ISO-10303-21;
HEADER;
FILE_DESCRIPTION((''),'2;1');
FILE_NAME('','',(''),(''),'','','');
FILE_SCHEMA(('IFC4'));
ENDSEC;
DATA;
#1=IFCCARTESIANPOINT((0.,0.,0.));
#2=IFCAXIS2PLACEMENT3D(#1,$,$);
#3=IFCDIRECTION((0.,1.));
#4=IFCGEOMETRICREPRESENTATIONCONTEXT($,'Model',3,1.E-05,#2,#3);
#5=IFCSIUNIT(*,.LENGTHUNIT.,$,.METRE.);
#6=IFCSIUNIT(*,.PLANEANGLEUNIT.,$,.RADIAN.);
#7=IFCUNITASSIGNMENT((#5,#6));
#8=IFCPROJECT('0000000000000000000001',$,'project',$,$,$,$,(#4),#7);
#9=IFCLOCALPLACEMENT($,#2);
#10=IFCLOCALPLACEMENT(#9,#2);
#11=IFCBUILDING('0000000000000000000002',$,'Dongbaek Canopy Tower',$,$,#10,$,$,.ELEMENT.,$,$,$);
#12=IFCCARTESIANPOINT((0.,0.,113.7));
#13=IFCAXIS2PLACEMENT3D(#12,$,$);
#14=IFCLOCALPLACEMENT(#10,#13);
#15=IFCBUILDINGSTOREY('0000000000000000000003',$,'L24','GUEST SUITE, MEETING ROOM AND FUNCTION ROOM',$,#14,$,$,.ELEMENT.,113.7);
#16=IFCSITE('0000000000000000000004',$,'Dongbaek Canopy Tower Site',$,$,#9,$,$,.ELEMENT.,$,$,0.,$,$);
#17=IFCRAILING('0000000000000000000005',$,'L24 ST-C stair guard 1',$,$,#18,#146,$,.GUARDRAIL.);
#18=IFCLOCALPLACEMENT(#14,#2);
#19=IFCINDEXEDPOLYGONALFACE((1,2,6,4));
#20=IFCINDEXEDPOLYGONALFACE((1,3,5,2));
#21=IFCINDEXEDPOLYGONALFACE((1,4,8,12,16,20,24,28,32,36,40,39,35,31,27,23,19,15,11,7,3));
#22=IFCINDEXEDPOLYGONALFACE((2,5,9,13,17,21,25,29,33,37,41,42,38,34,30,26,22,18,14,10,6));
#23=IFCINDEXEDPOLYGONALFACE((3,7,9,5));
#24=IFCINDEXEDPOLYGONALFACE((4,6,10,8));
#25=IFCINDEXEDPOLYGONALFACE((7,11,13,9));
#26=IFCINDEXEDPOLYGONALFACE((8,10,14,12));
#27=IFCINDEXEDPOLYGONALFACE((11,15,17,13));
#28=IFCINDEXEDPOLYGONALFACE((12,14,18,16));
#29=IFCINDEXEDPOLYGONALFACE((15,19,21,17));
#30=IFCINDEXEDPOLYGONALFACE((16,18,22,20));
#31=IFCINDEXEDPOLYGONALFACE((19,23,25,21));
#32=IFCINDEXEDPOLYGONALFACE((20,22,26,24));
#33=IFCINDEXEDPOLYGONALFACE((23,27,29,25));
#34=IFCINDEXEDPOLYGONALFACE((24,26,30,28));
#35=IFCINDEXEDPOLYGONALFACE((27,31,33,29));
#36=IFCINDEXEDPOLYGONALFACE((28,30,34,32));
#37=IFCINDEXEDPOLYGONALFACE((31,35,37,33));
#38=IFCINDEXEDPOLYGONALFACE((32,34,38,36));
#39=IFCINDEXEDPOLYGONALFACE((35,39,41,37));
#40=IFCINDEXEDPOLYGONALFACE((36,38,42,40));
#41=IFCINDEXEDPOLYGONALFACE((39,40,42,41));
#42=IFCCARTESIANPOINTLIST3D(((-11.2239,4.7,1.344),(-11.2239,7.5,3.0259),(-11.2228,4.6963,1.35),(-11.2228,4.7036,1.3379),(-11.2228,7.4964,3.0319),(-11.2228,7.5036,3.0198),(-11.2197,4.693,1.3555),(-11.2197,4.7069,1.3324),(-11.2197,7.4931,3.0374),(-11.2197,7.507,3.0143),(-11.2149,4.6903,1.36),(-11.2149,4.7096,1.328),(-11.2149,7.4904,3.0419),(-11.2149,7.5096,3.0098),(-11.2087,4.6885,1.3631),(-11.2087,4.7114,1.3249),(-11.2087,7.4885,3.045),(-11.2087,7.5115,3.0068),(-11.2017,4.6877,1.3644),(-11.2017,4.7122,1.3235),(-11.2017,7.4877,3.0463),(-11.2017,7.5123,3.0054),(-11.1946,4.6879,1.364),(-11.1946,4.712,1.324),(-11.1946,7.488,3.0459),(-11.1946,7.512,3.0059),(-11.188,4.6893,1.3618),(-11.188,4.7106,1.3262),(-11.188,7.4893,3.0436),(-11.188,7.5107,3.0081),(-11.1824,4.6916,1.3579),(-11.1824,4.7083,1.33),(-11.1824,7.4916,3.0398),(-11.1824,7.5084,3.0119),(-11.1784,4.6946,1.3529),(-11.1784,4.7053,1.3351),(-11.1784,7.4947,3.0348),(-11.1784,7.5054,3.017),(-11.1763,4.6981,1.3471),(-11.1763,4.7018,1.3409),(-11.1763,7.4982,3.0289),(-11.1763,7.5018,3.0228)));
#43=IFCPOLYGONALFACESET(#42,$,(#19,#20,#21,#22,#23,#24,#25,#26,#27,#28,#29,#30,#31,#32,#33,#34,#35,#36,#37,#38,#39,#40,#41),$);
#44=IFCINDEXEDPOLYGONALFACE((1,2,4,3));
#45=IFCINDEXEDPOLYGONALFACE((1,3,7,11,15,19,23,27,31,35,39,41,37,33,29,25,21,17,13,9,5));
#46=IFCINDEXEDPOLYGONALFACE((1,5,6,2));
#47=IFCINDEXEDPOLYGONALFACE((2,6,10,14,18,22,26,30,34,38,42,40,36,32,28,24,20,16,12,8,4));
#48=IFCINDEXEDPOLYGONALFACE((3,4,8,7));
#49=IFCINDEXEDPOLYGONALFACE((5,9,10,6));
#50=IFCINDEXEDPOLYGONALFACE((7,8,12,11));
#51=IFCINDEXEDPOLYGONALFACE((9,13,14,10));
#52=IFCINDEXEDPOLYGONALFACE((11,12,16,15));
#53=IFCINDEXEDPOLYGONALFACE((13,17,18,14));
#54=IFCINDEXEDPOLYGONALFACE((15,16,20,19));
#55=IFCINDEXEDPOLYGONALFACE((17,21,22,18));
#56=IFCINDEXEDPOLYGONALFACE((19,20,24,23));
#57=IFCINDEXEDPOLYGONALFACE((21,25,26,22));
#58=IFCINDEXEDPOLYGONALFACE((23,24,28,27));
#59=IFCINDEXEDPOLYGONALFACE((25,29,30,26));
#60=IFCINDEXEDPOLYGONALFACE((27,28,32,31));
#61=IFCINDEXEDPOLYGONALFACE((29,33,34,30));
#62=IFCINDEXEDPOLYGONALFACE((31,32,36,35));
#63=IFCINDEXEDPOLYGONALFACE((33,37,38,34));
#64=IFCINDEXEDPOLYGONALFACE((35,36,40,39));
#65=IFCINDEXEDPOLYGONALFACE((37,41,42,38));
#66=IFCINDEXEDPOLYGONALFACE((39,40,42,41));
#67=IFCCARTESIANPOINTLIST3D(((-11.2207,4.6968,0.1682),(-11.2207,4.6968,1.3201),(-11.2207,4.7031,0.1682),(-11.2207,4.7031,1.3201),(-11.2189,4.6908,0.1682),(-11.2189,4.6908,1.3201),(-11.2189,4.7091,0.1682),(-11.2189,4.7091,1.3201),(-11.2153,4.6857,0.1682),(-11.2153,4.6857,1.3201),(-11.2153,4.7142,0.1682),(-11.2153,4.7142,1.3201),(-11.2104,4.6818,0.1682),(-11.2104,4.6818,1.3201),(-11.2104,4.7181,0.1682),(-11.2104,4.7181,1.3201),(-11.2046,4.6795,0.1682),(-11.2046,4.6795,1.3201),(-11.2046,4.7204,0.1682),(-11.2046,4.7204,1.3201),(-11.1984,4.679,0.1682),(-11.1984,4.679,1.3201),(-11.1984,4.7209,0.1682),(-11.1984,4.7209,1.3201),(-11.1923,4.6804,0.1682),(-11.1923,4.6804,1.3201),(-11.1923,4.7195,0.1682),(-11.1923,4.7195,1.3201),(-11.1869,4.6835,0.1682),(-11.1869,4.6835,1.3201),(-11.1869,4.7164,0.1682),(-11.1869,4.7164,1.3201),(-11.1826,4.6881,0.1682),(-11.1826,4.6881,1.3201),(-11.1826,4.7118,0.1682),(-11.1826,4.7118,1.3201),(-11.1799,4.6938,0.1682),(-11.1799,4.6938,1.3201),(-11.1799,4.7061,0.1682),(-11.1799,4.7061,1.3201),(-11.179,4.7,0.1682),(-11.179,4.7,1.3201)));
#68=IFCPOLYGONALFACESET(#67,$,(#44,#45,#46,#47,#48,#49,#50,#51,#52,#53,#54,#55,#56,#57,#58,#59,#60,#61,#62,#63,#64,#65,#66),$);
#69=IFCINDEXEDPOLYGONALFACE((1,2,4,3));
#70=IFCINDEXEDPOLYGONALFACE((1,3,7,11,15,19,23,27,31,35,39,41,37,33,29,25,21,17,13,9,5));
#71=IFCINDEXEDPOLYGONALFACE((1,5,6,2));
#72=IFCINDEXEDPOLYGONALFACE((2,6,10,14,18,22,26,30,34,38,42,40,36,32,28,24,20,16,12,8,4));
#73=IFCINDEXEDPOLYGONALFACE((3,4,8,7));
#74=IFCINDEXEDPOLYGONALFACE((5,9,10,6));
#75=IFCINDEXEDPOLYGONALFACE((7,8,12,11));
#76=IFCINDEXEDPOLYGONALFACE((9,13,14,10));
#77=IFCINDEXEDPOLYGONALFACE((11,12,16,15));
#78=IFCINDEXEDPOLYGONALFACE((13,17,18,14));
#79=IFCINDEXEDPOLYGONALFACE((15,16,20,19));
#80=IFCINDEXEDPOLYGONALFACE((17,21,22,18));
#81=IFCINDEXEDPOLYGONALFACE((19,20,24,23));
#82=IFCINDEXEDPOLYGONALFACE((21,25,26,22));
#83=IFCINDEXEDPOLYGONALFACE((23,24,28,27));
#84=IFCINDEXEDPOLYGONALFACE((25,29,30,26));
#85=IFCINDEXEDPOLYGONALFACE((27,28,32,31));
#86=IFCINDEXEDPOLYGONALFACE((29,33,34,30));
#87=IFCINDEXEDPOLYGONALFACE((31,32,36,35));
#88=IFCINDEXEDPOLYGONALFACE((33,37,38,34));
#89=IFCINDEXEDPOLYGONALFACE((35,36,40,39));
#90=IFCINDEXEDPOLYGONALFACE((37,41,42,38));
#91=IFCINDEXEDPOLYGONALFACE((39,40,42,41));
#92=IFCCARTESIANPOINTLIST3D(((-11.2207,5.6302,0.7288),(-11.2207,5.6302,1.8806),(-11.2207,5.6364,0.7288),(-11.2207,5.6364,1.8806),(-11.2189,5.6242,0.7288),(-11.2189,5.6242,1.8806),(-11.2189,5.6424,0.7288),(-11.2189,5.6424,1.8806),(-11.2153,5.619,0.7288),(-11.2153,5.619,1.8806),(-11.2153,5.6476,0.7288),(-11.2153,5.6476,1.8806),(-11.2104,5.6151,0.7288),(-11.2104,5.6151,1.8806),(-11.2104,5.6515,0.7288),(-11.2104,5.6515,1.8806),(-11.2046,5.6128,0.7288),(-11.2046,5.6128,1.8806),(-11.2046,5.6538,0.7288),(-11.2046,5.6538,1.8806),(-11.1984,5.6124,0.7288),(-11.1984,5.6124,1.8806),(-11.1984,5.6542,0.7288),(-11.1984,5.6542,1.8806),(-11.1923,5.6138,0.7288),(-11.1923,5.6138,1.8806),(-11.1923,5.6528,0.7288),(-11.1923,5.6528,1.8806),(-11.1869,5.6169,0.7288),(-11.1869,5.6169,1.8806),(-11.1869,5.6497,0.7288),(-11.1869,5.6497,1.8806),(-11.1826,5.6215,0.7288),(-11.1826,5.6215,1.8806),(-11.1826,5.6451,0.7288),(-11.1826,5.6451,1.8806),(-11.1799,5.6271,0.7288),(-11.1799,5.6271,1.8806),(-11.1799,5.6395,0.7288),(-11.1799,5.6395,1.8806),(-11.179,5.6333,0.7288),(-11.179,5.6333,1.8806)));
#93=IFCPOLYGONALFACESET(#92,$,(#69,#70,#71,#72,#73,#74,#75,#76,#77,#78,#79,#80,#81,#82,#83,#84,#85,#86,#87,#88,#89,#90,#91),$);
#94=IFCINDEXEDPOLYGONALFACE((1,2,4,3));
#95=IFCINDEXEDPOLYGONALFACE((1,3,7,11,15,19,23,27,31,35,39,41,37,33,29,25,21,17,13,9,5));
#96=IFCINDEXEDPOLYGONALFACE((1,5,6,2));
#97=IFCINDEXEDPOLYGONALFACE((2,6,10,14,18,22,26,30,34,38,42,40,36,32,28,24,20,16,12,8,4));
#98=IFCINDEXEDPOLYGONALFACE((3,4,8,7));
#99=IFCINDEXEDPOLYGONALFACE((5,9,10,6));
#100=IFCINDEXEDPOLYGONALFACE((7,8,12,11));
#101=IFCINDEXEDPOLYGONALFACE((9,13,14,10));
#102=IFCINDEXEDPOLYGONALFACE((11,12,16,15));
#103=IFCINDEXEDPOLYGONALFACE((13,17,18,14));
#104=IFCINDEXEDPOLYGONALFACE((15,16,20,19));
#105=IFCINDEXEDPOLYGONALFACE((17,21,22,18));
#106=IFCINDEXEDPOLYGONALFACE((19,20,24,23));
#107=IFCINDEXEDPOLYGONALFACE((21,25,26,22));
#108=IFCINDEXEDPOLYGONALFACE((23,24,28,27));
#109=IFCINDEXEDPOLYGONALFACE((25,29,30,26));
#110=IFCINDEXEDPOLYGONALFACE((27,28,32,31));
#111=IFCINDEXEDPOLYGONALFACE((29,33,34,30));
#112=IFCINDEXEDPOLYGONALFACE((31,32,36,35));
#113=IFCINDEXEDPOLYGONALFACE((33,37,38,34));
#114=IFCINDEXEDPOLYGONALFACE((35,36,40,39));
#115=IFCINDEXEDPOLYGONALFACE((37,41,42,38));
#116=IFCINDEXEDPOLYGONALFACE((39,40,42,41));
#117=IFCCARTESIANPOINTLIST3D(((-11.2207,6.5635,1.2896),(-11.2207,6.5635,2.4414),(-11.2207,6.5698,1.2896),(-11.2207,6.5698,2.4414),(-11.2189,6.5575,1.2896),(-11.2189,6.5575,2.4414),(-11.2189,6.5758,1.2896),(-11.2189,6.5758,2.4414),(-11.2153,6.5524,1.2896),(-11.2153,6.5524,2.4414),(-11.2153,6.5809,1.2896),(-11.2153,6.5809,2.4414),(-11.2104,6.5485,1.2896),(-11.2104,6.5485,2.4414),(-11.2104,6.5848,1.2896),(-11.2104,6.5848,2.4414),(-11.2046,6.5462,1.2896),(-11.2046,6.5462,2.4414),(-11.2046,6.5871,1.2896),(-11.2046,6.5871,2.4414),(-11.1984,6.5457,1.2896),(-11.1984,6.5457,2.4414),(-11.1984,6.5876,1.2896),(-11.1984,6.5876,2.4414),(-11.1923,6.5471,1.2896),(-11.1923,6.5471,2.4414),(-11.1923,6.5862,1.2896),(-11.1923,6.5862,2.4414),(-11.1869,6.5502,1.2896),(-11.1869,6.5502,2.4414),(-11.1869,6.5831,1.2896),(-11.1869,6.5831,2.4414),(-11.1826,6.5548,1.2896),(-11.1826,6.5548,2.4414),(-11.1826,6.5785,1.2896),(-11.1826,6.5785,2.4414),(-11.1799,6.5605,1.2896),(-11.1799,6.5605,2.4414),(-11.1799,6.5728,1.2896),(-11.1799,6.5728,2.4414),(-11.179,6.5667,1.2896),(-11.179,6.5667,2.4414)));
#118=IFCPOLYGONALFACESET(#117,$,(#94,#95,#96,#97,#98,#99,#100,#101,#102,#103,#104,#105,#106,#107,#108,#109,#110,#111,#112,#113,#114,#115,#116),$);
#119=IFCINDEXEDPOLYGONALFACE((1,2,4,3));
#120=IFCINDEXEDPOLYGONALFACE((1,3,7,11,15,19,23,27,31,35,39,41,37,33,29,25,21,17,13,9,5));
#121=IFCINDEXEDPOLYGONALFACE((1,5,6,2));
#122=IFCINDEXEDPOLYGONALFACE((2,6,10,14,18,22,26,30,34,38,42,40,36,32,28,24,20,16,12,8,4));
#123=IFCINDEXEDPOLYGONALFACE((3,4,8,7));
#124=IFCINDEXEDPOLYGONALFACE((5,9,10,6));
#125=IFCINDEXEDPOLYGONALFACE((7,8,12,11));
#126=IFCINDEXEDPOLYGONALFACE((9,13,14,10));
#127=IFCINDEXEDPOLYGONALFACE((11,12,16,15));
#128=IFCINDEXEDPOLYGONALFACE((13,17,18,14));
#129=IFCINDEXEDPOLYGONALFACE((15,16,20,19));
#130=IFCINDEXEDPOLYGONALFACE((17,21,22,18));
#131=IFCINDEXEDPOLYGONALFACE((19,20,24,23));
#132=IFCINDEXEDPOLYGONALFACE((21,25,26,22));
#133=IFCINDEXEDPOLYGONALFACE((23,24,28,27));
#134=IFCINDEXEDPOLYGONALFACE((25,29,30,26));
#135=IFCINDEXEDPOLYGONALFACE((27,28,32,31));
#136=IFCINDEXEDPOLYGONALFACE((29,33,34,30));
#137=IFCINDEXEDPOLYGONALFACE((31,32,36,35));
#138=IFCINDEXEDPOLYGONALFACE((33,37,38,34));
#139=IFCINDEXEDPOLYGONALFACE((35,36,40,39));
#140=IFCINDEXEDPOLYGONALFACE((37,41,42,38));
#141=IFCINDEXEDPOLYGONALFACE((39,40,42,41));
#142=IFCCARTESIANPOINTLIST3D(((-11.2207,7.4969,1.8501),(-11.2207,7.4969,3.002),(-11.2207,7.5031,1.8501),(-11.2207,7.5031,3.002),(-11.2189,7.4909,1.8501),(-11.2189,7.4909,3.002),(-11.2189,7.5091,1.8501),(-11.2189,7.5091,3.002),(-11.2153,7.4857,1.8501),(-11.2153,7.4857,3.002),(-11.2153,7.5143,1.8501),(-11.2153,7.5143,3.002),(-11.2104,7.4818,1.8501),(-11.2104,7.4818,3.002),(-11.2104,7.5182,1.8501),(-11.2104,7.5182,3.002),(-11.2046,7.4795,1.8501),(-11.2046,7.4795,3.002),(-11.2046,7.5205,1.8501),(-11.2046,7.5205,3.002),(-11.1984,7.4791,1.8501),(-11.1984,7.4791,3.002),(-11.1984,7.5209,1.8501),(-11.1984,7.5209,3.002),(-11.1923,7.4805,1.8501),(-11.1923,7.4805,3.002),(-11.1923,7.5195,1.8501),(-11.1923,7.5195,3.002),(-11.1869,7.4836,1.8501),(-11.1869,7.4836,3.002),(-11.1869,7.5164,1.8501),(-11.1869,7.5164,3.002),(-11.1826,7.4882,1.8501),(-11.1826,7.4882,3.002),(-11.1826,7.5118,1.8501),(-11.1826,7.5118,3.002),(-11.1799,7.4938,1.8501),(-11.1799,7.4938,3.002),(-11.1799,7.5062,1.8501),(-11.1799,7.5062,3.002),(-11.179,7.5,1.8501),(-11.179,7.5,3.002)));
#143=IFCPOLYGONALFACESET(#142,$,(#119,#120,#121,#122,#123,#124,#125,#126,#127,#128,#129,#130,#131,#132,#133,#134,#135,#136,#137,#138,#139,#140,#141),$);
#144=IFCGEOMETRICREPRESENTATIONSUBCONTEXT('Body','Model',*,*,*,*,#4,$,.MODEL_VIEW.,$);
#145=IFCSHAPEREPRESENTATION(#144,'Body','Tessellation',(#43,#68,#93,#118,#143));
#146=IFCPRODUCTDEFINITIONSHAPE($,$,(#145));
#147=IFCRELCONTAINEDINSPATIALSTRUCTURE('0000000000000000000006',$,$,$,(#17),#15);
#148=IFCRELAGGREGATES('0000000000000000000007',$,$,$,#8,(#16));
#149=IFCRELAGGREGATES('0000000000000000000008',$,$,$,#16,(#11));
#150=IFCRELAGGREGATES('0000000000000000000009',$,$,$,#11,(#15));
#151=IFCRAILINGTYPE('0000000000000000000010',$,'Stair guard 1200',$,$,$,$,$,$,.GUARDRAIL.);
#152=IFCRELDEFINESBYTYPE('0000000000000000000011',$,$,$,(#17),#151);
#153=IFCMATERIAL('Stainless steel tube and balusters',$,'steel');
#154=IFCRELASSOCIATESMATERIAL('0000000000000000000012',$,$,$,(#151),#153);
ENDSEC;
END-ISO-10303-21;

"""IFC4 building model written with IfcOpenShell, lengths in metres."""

from ifc_helpers import new_model, si_unit, direction, frame, origin, origin_2d, place, context, subcontext, project, spatial, circle, extrude, material, type_object, element, save


model = new_model("IFC4")

# Units and contexts
model_context = context("Model", 3, precision=1e-05, world=origin(), true_north=direction((0.0, 1.0)))
body_context = subcontext(model_context, "Body", "Model", "MODEL_VIEW")
ifc_project = project(units=[si_unit("LENGTHUNIT", "METRE"), si_unit("PLANEANGLEUNIT", "RADIAN")], contexts=[model_context])

# Site, building, storey
site_placement = place(None, origin())
site = spatial("IfcSite", under=ifc_project, at=site_placement, Name="Dongbaek Canopy Tower Site", CompositionType="ELEMENT", RefElevation=0.0)
building_placement = place(site_placement, origin())
building = spatial("IfcBuilding", under=site, at=building_placement, Name="Dongbaek Canopy Tower", CompositionType="ELEMENT")
storey_placement = place(building_placement, frame((0.0, 0.0, 113.7)))
storey = spatial("IfcBuildingStorey", under=building, at=storey_placement, Name="L24", Description="GUEST SUITE, MEETING ROOM AND FUNCTION ROOM", CompositionType="ELEMENT", Elevation=113.7)

# Railing
ifc_material_1 = material(Name="Stainless steel tube and balusters", Category="steel")
railing_type_1 = type_object("IfcRailingType", Name="Stair guard 1200", PredefinedType="GUARDRAIL", material=ifc_material_1)
railing_1_placement = place(storey_placement, frame((-11.2, 4.7, 0.1682)))
element("IfcRailing", 1, at=railing_1_placement, inside=storey, type_object=railing_type_1, Name="L24 ST-C stair guard 1", PredefinedType="GUARDRAIL", context=body_context, shape_type="SweptSolid", body=[
    extrude(circle(Radius=0.0239, at=origin_2d()), frame((0.0, 0.0, 1.1758), z_axis=(0.0, 0.857242, 0.514913), x_axis=(-1.0, 0.0, 0.0)), (0.0, 0.0, 1.0), 3.2664),
    extrude(circle(Radius=0.021, at=origin_2d()), origin(), (0.0, 0.0, 1.0), 1.1519),
    extrude(circle(Radius=0.021, at=origin_2d()), frame((0.0, 0.9333, 0.5605)), (0.0, 0.0, 1.0), 1.1519),
    extrude(circle(Radius=0.021, at=origin_2d()), frame((0.0, 1.8667, 1.1213)), (0.0, 0.0, 1.0), 1.1519),
    extrude(circle(Radius=0.021, at=origin_2d()), frame((0.0, 2.8, 1.6819)), (0.0, 0.0, 1.0), 1.1519),
])

save(model, "model.ifc")
